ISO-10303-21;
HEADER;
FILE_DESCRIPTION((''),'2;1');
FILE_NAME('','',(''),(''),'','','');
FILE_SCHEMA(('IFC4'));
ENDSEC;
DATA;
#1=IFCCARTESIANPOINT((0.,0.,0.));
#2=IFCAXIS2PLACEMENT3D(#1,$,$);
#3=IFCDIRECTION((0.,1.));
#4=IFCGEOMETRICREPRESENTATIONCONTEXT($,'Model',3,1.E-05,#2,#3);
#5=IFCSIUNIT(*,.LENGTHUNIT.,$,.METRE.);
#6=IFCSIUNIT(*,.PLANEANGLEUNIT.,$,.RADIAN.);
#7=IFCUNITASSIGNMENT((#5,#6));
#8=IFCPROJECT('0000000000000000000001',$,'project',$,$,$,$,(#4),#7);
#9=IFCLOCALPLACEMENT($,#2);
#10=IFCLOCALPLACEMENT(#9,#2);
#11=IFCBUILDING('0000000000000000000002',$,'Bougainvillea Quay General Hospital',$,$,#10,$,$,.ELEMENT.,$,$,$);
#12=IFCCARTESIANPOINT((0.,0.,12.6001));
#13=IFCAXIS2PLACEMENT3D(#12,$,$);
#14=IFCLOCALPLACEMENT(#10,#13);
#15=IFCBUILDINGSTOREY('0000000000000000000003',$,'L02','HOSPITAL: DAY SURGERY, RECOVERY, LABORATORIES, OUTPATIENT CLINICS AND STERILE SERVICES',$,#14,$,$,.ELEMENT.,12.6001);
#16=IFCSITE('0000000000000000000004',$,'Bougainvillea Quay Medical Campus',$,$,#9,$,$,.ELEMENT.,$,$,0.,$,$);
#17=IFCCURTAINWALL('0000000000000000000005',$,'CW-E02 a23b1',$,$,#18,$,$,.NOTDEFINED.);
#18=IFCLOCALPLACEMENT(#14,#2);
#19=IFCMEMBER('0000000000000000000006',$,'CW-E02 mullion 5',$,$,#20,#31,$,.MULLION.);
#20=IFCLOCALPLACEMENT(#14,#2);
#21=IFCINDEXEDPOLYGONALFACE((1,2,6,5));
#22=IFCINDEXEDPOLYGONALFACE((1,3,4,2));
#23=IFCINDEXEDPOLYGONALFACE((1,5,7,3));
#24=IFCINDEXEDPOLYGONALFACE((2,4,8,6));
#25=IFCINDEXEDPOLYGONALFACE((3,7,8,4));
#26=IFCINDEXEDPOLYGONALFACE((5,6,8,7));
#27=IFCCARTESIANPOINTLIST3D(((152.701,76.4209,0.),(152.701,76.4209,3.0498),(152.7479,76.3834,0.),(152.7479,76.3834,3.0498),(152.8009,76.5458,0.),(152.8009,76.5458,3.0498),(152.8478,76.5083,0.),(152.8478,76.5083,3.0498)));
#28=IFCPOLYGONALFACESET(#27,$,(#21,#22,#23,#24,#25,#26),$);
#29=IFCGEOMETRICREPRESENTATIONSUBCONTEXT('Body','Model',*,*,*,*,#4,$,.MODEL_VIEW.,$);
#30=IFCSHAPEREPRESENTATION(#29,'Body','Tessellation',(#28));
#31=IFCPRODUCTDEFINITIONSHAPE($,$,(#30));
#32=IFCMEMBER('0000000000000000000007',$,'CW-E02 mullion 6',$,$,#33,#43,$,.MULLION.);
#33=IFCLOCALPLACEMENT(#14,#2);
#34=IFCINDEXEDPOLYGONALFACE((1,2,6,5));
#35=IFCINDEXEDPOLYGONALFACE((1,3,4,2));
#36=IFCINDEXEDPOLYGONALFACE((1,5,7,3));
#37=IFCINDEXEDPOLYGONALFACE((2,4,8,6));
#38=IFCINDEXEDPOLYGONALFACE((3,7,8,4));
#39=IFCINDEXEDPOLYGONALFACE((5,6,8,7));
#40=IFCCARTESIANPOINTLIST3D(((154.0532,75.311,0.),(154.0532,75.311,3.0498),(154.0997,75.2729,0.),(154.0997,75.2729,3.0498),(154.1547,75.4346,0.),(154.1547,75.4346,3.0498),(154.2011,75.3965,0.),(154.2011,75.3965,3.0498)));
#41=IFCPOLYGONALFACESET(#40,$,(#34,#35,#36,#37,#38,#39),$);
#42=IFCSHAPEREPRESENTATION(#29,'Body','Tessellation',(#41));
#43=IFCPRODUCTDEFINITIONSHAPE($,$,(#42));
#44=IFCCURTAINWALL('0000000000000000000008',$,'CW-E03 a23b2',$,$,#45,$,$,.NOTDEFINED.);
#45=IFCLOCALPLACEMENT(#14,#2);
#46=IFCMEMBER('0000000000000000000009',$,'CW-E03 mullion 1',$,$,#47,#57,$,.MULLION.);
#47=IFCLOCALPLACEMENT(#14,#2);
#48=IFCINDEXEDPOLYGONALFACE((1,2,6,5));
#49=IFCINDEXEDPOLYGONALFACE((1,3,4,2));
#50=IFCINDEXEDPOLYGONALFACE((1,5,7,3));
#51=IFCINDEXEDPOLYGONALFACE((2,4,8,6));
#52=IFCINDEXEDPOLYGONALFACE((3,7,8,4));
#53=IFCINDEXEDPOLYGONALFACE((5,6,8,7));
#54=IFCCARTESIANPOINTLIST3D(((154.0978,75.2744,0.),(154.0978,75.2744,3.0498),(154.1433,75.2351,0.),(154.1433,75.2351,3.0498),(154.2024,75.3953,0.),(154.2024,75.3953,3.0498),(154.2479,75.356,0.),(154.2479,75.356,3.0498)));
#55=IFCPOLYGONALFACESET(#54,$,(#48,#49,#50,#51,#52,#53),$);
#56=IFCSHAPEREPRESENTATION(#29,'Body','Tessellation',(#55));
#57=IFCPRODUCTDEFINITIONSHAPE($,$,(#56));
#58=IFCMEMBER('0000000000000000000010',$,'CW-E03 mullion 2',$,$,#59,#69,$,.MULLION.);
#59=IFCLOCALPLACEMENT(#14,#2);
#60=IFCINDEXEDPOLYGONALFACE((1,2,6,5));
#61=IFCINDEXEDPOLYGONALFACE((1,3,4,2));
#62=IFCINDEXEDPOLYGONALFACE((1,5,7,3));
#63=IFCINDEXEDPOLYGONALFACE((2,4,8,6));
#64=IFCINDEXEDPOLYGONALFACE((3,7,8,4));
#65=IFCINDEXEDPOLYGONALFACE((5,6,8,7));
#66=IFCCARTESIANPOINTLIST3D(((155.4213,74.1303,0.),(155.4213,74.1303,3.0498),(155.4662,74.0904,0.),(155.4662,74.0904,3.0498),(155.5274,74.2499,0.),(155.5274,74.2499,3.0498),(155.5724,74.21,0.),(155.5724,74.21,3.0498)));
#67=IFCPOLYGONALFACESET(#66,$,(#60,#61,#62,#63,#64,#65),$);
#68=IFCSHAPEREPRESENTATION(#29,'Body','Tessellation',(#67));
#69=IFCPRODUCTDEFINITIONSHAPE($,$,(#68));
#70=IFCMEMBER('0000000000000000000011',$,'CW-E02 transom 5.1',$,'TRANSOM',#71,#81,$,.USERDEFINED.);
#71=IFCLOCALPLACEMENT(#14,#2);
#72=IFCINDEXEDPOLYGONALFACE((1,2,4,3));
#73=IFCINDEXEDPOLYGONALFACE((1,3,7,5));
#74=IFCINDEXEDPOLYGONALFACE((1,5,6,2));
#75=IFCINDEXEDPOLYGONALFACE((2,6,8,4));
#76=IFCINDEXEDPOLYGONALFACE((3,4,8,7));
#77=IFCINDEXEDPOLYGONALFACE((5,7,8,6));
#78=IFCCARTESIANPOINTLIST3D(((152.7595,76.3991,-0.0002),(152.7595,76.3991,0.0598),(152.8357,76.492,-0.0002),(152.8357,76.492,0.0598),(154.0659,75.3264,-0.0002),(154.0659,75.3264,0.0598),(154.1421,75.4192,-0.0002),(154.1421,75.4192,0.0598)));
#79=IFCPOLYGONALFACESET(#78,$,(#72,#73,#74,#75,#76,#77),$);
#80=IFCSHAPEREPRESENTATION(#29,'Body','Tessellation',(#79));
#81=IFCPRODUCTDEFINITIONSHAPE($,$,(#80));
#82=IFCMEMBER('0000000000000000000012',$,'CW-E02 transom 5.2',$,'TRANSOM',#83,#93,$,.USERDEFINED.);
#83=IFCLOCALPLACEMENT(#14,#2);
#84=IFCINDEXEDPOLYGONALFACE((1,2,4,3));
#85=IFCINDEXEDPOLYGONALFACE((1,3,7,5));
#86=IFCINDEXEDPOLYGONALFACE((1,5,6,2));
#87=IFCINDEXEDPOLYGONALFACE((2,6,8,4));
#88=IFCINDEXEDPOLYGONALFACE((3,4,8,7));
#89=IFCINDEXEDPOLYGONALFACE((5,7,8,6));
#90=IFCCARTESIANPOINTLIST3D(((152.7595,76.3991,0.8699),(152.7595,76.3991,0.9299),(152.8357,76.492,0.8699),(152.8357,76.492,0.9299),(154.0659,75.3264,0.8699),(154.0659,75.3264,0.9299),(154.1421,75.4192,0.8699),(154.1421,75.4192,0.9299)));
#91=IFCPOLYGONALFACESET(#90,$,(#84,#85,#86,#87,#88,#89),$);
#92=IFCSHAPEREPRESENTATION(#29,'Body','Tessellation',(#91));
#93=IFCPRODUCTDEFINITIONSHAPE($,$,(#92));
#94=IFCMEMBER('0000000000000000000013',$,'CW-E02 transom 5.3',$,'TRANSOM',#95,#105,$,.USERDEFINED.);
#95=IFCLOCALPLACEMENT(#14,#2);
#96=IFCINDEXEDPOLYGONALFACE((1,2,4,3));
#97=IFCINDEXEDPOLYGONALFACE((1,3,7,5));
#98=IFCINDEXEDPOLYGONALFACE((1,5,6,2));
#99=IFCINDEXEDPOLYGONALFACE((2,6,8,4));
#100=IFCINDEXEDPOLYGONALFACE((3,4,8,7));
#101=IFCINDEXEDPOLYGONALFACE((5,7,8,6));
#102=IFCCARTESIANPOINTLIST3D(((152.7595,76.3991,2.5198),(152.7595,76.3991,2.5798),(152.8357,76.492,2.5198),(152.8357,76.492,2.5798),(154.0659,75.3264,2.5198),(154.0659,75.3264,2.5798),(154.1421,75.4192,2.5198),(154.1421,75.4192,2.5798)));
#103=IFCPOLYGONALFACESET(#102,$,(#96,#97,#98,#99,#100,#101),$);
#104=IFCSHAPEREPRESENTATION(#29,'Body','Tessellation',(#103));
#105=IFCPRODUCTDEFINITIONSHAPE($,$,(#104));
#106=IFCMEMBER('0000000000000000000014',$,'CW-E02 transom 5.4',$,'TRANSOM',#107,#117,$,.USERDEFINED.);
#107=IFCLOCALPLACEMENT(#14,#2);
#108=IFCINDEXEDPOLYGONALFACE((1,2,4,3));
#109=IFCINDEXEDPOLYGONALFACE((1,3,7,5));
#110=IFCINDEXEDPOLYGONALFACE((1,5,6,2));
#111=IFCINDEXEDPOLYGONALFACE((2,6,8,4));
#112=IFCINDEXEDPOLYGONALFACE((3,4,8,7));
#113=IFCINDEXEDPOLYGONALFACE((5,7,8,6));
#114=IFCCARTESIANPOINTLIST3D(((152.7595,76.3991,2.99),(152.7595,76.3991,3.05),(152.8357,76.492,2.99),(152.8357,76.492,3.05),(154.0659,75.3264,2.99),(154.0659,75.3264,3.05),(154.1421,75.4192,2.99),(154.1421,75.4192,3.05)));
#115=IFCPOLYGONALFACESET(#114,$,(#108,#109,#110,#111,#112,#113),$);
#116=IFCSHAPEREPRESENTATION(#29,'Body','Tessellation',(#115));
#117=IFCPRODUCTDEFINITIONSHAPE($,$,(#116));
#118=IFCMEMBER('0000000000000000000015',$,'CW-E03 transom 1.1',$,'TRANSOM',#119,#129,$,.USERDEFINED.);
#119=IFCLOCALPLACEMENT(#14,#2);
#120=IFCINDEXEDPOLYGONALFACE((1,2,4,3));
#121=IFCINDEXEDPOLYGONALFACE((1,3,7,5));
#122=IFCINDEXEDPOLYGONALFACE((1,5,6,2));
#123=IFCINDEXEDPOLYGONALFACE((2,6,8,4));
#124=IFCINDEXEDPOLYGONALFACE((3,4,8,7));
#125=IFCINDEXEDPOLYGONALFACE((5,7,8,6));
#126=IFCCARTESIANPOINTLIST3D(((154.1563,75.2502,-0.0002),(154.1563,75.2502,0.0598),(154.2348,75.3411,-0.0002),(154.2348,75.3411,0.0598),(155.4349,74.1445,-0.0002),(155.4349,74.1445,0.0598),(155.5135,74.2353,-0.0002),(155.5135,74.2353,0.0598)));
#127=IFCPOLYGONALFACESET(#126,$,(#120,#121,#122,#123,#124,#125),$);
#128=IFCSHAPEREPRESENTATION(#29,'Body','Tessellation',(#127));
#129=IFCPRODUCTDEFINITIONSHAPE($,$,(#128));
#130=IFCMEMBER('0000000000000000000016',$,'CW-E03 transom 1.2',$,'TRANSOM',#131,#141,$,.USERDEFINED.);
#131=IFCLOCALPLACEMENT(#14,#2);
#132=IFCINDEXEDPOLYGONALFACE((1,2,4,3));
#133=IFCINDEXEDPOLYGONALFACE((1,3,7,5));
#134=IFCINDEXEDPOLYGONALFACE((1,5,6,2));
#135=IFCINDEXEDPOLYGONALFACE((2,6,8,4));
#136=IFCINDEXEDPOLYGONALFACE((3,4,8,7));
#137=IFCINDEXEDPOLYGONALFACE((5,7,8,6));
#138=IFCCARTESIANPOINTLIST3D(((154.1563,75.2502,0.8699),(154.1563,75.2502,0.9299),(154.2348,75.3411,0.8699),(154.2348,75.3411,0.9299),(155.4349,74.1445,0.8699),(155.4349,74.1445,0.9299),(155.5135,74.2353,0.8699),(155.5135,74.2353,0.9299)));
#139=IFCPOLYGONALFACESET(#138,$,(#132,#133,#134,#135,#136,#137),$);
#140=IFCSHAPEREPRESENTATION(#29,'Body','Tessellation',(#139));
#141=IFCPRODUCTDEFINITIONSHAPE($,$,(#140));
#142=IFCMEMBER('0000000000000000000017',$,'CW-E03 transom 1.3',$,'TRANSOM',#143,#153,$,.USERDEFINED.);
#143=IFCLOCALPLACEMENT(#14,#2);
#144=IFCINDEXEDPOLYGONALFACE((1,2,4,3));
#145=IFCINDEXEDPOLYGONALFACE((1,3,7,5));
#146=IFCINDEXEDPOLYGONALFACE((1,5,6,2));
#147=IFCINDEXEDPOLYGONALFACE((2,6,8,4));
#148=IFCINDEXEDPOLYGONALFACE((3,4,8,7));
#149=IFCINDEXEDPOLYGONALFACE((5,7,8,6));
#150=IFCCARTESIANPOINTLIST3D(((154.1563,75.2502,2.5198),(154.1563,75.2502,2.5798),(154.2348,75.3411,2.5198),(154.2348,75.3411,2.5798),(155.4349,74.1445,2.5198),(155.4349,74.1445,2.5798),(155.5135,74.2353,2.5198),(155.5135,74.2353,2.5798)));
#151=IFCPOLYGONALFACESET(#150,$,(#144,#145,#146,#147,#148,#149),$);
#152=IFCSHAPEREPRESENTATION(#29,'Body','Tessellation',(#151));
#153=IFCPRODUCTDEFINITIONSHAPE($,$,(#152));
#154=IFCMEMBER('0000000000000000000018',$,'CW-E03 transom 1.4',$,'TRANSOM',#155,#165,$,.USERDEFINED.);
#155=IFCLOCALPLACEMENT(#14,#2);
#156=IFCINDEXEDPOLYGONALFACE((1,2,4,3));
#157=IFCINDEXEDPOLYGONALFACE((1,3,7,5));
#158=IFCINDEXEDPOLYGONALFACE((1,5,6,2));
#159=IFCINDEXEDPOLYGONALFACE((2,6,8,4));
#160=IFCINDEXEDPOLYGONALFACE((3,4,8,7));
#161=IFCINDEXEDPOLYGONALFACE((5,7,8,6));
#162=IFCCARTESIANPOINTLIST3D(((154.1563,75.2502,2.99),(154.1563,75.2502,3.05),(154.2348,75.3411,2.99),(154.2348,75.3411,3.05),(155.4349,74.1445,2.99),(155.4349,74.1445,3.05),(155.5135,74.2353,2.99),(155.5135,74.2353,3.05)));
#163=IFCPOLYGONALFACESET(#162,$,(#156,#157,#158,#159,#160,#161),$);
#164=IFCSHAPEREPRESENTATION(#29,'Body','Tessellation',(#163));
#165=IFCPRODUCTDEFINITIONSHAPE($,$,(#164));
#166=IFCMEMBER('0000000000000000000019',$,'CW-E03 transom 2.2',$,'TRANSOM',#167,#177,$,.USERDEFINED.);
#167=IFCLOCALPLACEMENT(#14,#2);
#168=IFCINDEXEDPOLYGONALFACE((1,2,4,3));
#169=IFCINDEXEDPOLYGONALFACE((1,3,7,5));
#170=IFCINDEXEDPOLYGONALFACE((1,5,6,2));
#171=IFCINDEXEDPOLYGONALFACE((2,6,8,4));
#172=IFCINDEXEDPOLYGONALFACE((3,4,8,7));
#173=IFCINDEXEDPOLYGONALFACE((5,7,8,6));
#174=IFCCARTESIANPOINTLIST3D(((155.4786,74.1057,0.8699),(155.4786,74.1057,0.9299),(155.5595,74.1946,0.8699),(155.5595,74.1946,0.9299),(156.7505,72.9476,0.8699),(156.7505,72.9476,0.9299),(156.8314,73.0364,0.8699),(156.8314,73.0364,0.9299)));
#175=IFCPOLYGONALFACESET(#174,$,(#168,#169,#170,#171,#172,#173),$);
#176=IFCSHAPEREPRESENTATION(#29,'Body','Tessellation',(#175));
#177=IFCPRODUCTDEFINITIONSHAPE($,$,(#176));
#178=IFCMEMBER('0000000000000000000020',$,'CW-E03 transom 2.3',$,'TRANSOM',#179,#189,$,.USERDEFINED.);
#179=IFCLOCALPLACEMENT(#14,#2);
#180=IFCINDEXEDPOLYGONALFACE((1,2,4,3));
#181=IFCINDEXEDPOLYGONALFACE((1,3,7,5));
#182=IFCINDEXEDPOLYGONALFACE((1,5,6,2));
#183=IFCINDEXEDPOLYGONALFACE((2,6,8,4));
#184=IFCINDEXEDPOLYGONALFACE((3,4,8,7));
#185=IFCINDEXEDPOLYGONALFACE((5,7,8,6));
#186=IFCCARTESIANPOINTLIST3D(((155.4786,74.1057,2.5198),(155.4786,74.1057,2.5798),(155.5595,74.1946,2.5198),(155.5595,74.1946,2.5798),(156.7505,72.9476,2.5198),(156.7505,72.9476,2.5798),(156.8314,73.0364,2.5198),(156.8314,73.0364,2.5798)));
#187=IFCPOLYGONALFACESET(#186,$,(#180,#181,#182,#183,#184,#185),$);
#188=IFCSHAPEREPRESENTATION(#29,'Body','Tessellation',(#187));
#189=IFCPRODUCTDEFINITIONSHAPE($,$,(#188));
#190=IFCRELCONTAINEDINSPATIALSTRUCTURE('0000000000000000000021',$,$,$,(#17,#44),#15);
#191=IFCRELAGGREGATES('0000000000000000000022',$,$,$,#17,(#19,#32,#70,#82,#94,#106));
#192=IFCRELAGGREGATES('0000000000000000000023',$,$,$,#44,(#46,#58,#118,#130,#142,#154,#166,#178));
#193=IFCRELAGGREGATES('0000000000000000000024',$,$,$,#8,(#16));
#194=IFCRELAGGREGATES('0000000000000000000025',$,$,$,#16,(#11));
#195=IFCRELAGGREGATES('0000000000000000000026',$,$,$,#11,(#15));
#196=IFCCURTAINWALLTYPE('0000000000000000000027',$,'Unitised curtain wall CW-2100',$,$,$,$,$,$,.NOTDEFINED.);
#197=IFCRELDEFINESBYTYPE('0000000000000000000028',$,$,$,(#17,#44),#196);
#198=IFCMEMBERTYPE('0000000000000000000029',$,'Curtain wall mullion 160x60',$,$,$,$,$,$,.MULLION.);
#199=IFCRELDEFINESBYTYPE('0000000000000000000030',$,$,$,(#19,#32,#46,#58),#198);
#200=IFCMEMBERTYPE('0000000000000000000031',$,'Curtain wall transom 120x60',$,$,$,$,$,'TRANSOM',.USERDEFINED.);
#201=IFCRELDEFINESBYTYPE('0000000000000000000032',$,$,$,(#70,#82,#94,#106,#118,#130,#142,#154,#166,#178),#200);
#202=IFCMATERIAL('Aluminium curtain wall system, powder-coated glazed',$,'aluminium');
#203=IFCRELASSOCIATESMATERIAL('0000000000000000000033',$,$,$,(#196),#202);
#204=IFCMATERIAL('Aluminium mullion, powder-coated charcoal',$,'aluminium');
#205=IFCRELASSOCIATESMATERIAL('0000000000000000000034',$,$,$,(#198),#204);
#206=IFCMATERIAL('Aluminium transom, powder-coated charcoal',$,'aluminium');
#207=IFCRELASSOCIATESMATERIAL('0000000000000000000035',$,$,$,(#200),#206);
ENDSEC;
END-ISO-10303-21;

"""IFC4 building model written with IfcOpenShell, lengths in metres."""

from ifc_helpers import new_model, si_unit, direction, frame, origin, origin_2d, place, context, subcontext, project, spatial, rectangle, extrude, material, material_profile, profile_set, type_object, element, aggregate, save


model = new_model("IFC4")

# Units and contexts
model_context = context("Model", 3, precision=1e-05, world=origin(), true_north=direction((0.0, 1.0)))
body_context = subcontext(model_context, "Body", "Model", "MODEL_VIEW")
ifc_project = project(units=[si_unit("LENGTHUNIT", "METRE"), si_unit("PLANEANGLEUNIT", "RADIAN")], contexts=[model_context])

# Site, building, storey
site_placement = place(None, origin())
site = spatial("IfcSite", under=ifc_project, at=site_placement, Name="Bougainvillea Quay Medical Campus", CompositionType="ELEMENT", RefElevation=0.0)
building_placement = place(site_placement, origin())
building = spatial("IfcBuilding", under=site, at=building_placement, Name="Bougainvillea Quay General Hospital", CompositionType="ELEMENT")
storey_placement = place(building_placement, frame((0.0, 0.0, 12.6001)))
storey = spatial("IfcBuildingStorey", under=building, at=storey_placement, Name="L02", Description="HOSPITAL: DAY SURGERY, RECOVERY, LABORATORIES, OUTPATIENT CLINICS AND STERILE SERVICES", CompositionType="ELEMENT", Elevation=12.6001)

# Curtain walls, members
ifc_material_1 = material(Name="Aluminium curtain wall system, powder-coated glazed", Category="aluminium")
curtain_wall_type = type_object("IfcCurtainWallType", Name="Unitised curtain wall CW-2100", PredefinedType="NOTDEFINED", material=ifc_material_1)
curtain_wall_1_placement = place(storey_placement, origin())
curtain_wall_1 = element("IfcCurtainWall", 1, at=curtain_wall_1_placement, inside=storey, type_object=curtain_wall_type, Name="CW-E02 a23b1", PredefinedType="NOTDEFINED")
ifc_material_2 = material(Name="Aluminium mullion, powder-coated charcoal", Category="aluminium")
ifc_material_profile_1 = material_profile(ifc_material_2, rectangle(XDim=0.1599, YDim=0.0601, at=origin_2d()))
ifc_profile_set_1 = profile_set([ifc_material_profile_1], Name="Aluminium mullion, powder-coated charcoal")
member_type_1 = type_object("IfcMemberType", Name="Curtain wall mullion 160x60", PredefinedType="MULLION", material=ifc_profile_set_1)
member_1_placement = place(storey_placement, frame((152.7744, 76.4646, 0.0), z_axis=(0.0, 0.0, 1.0), x_axis=(0.624719, 0.780849, 0.0)))
member_1 = element("IfcMember", 2, at=member_1_placement, type_object=member_type_1, Name="CW-E02 mullion 5", PredefinedType="MULLION", context=body_context, shape_type="SweptSolid", body=[
    extrude(rectangle(XDim=0.1599, YDim=0.0601, at=origin_2d()), origin(), (0.0, 0.0, 1.0), 3.0498),
])
member_2_placement = place(storey_placement, frame((154.1272, 75.3538, 0.0), z_axis=(0.0, 0.0, 1.0), x_axis=(0.634633, 0.772813, 0.0)))
member_2 = element("IfcMember", 3, at=member_2_placement, type_object=member_type_1, Name="CW-E02 mullion 6", PredefinedType="MULLION", context=body_context, shape_type="SweptSolid", body=[
    extrude(rectangle(XDim=0.1599, YDim=0.0601, at=origin_2d()), origin(), (0.0, 0.0, 1.0), 3.0498),
])
curtain_wall_2_placement = place(storey_placement, origin())
curtain_wall_2 = element("IfcCurtainWall", 4, at=curtain_wall_2_placement, inside=storey, type_object=curtain_wall_type, Name="CW-E03 a23b2", PredefinedType="NOTDEFINED")
member_3_placement = place(storey_placement, frame((154.1729, 75.3152, 0.0), z_axis=(0.0, 0.0, 1.0), x_axis=(0.65415, 0.756365, 0.0)))
member_3 = element("IfcMember", 5, at=member_3_placement, type_object=member_type_1, Name="CW-E03 mullion 1", PredefinedType="MULLION", context=body_context, shape_type="SweptSolid", body=[
    extrude(rectangle(XDim=0.1599, YDim=0.0601, at=origin_2d()), origin(), (0.0, 0.0, 1.0), 3.0498),
])
member_4_placement = place(storey_placement, frame((155.4968, 74.1702, 0.0), z_axis=(0.0, 0.0, 1.0), x_axis=(0.663749, 0.747956, 0.0)))
member_4 = element("IfcMember", 6, at=member_4_placement, type_object=member_type_1, Name="CW-E03 mullion 2", PredefinedType="MULLION", context=body_context, shape_type="SweptSolid", body=[
    extrude(rectangle(XDim=0.1599, YDim=0.0601, at=origin_2d()), origin(), (0.0, 0.0, 1.0), 3.0498),
])

# Members
ifc_material_3 = material(Name="Aluminium transom, powder-coated charcoal", Category="aluminium")
ifc_material_profile_2 = material_profile(ifc_material_3, rectangle(XDim=0.1201, YDim=0.0601, at=origin_2d()))
ifc_profile_set_2 = profile_set([ifc_material_profile_2], Name="Aluminium transom, powder-coated charcoal")
member_type_2 = type_object("IfcMemberType", Name="Curtain wall transom 120x60", ElementType="TRANSOM", PredefinedType="USERDEFINED", material=ifc_profile_set_2)
member_5_placement = place(storey_placement, frame((152.7976, 76.4456, 0.0298), z_axis=(0.77283, -0.634613, 0.0), x_axis=(0.634613, 0.77283, 0.0)))
member_5 = element("IfcMember", 7, at=member_5_placement, type_object=member_type_2, Name="CW-E02 transom 5.1", ObjectType="TRANSOM", PredefinedType="USERDEFINED", context=body_context, shape_type="SweptSolid", body=[
    extrude(rectangle(XDim=0.1201, YDim=0.0601, at=origin_2d()), origin(), (0.0, 0.0, 1.0), 1.6904),
])
member_6_placement = place(storey_placement, frame((152.7976, 76.4456, 0.8999), z_axis=(0.77283, -0.634613, 0.0), x_axis=(0.634613, 0.77283, 0.0)))
member_6 = element("IfcMember", 8, at=member_6_placement, type_object=member_type_2, Name="CW-E02 transom 5.2", ObjectType="TRANSOM", PredefinedType="USERDEFINED", context=body_context, shape_type="SweptSolid", body=[
    extrude(rectangle(XDim=0.1201, YDim=0.0601, at=origin_2d()), origin(), (0.0, 0.0, 1.0), 1.6904),
])
member_7_placement = place(storey_placement, frame((152.7976, 76.4456, 2.5498), z_axis=(0.77283, -0.634613, 0.0), x_axis=(0.634613, 0.77283, 0.0)))
member_7 = element("IfcMember", 9, at=member_7_placement, type_object=member_type_2, Name="CW-E02 transom 5.3", ObjectType="TRANSOM", PredefinedType="USERDEFINED", context=body_context, shape_type="SweptSolid", body=[
    extrude(rectangle(XDim=0.1201, YDim=0.0601, at=origin_2d()), origin(), (0.0, 0.0, 1.0), 1.6904),
])
member_8_placement = place(storey_placement, frame((152.7976, 76.4456, 3.02), z_axis=(0.77283, -0.634613, 0.0), x_axis=(0.634613, 0.77283, 0.0)))
member_8 = element("IfcMember", 10, at=member_8_placement, type_object=member_type_2, Name="CW-E02 transom 5.4", ObjectType="TRANSOM", PredefinedType="USERDEFINED", context=body_context, shape_type="SweptSolid", body=[
    extrude(rectangle(XDim=0.1201, YDim=0.0601, at=origin_2d()), origin(), (0.0, 0.0, 1.0), 1.6904),
])
member_9_placement = place(storey_placement, frame((154.1956, 75.2957, 0.0298), z_axis=(0.756384, -0.654127, 0.0), x_axis=(0.654127, 0.756384, 0.0)))
member_9 = element("IfcMember", 11, at=member_9_placement, type_object=member_type_2, Name="CW-E03 transom 1.1", ObjectType="TRANSOM", PredefinedType="USERDEFINED", context=body_context, shape_type="SweptSolid", body=[
    extrude(rectangle(XDim=0.1201, YDim=0.0601, at=origin_2d()), origin(), (0.0, 0.0, 1.0), 1.6904),
])
member_10_placement = place(storey_placement, frame((154.1956, 75.2957, 0.8999), z_axis=(0.756384, -0.654127, 0.0), x_axis=(0.654127, 0.756384, 0.0)))
member_10 = element("IfcMember", 12, at=member_10_placement, type_object=member_type_2, Name="CW-E03 transom 1.2", ObjectType="TRANSOM", PredefinedType="USERDEFINED", context=body_context, shape_type="SweptSolid", body=[
    extrude(rectangle(XDim=0.1201, YDim=0.0601, at=origin_2d()), origin(), (0.0, 0.0, 1.0), 1.6904),
])
member_11_placement = place(storey_placement, frame((154.1956, 75.2957, 2.5498), z_axis=(0.756384, -0.654127, 0.0), x_axis=(0.654127, 0.756384, 0.0)))
member_11 = element("IfcMember", 13, at=member_11_placement, type_object=member_type_2, Name="CW-E03 transom 1.3", ObjectType="TRANSOM", PredefinedType="USERDEFINED", context=body_context, shape_type="SweptSolid", body=[
    extrude(rectangle(XDim=0.1201, YDim=0.0601, at=origin_2d()), origin(), (0.0, 0.0, 1.0), 1.6904),
])
member_12_placement = place(storey_placement, frame((154.1956, 75.2957, 3.02), z_axis=(0.756384, -0.654127, 0.0), x_axis=(0.654127, 0.756384, 0.0)))
member_12 = element("IfcMember", 14, at=member_12_placement, type_object=member_type_2, Name="CW-E03 transom 1.4", ObjectType="TRANSOM", PredefinedType="USERDEFINED", context=body_context, shape_type="SweptSolid", body=[
    extrude(rectangle(XDim=0.1201, YDim=0.0601, at=origin_2d()), origin(), (0.0, 0.0, 1.0), 1.6904),
])
member_13_placement = place(storey_placement, frame((155.519, 74.1501, 0.8999), z_axis=(0.7394, -0.673266, 0.0), x_axis=(0.673266, 0.7394, 0.0)))
member_13 = element("IfcMember", 15, at=member_13_placement, type_object=member_type_2, Name="CW-E03 transom 2.2", ObjectType="TRANSOM", PredefinedType="USERDEFINED", context=body_context, shape_type="SweptSolid", body=[
    extrude(rectangle(XDim=0.1201, YDim=0.0601, at=origin_2d()), origin(), (0.0, 0.0, 1.0), 1.7202),
])
member_14_placement = place(storey_placement, frame((155.519, 74.1501, 2.5498), z_axis=(0.7394, -0.673266, 0.0), x_axis=(0.673266, 0.7394, 0.0)))
member_14 = element("IfcMember", 16, at=member_14_placement, type_object=member_type_2, Name="CW-E03 transom 2.3", ObjectType="TRANSOM", PredefinedType="USERDEFINED", context=body_context, shape_type="SweptSolid", body=[
    extrude(rectangle(XDim=0.1201, YDim=0.0601, at=origin_2d()), origin(), (0.0, 0.0, 1.0), 1.7202),
])

aggregate(curtain_wall_1, [member_1, member_2, member_5, member_6, member_7, member_8])
aggregate(curtain_wall_2, [member_3, member_4, member_9, member_10, member_11, member_12, member_13, member_14])

save(model, "model.ifc")
